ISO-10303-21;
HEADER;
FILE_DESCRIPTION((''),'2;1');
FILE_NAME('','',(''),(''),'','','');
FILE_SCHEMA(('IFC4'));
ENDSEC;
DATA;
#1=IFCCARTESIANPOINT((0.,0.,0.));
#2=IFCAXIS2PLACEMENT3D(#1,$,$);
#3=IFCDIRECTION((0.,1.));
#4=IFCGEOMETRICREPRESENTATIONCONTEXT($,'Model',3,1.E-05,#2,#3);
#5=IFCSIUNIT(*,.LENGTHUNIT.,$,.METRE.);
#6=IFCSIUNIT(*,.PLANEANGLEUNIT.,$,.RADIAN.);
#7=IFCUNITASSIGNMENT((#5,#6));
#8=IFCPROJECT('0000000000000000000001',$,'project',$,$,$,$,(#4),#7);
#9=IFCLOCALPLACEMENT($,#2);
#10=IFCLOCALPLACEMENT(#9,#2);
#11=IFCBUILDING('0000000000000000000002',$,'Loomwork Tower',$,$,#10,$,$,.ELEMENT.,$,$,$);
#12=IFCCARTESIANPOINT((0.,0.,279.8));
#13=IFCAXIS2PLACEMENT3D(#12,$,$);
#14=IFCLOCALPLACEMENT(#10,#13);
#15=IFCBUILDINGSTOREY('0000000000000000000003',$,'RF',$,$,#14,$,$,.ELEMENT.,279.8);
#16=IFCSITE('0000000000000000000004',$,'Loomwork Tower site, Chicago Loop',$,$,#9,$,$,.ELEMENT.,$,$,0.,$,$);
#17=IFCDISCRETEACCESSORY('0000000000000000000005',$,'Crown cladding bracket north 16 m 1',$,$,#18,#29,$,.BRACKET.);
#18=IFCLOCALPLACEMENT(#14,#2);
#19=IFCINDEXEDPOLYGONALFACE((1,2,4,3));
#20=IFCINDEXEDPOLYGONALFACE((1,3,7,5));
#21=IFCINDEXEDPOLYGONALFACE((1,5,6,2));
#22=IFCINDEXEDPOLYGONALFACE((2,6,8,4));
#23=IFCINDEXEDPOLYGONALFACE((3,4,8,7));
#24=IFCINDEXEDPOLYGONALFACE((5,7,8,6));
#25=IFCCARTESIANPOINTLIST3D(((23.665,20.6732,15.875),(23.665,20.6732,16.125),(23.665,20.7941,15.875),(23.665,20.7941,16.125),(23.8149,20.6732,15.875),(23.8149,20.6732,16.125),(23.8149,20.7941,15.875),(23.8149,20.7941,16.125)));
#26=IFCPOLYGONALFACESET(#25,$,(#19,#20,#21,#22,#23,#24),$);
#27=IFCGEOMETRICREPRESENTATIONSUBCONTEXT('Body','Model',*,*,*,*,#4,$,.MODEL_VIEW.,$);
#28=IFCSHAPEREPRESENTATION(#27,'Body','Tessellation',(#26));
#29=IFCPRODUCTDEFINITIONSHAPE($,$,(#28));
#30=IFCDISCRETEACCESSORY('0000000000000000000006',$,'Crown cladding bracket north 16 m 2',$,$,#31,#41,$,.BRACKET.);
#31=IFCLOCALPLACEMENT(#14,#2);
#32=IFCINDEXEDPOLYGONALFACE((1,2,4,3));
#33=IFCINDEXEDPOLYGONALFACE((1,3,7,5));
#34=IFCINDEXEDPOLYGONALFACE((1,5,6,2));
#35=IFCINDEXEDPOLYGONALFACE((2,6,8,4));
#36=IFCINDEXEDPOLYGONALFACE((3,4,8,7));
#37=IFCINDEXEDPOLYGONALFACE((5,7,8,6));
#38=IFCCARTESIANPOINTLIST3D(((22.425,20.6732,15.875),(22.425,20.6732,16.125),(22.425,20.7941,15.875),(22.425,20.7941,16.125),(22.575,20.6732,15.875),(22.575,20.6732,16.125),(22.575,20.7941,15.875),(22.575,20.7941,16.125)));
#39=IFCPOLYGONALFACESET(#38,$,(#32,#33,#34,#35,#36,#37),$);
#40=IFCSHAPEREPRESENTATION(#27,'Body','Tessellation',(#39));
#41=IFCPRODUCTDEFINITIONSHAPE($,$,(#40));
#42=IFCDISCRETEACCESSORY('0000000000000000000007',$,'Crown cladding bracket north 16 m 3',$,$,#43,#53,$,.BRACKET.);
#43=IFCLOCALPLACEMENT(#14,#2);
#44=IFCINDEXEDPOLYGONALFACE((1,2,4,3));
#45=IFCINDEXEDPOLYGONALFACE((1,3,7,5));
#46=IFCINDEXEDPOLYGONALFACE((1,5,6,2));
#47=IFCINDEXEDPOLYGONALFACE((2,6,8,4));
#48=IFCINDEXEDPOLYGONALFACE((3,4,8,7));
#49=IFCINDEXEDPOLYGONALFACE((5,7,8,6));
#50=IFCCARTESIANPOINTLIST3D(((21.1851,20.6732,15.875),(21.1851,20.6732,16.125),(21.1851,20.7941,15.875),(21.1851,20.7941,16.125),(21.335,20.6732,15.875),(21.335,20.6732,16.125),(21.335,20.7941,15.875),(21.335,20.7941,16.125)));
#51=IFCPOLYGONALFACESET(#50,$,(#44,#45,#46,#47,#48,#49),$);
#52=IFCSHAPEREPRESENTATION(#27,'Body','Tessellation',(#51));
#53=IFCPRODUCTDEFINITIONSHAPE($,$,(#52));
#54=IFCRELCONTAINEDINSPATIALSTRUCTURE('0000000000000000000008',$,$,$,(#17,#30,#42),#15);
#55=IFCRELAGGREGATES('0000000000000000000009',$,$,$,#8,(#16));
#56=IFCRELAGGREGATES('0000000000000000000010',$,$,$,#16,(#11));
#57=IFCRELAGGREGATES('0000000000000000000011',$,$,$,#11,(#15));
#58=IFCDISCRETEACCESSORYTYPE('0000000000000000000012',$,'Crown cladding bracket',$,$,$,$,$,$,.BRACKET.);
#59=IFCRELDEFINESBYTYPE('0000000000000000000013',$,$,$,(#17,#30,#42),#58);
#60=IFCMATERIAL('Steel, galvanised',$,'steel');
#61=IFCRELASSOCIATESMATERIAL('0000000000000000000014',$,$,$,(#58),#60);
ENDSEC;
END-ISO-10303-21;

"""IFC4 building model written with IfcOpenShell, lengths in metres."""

from ifc_helpers import new_model, si_unit, direction, frame, origin, origin_2d, place, context, subcontext, project, spatial, rectangle, extrude, material, type_object, element, save


model = new_model("IFC4")

# Units and contexts
model_context = context("Model", 3, precision=1e-05, world=origin(), true_north=direction((0.0, 1.0)))
body_context = subcontext(model_context, "Body", "Model", "MODEL_VIEW")
ifc_project = project(units=[si_unit("LENGTHUNIT", "METRE"), si_unit("PLANEANGLEUNIT", "RADIAN")], contexts=[model_context])

# Site, building, storey
site_placement = place(None, origin())
site = spatial("IfcSite", under=ifc_project, at=site_placement, Name="Loomwork Tower site, Chicago Loop", CompositionType="ELEMENT", RefElevation=0.0)
building_placement = place(site_placement, origin())
building = spatial("IfcBuilding", under=site, at=building_placement, Name="Loomwork Tower", CompositionType="ELEMENT")
storey_placement = place(building_placement, frame((0.0, 0.0, 279.8)))
storey = spatial("IfcBuildingStorey", under=building, at=storey_placement, Name="RF", CompositionType="ELEMENT", Elevation=279.8)

# Discrete accessories
ifc_material_1 = material(Name="Steel, galvanised", Category="steel")
discrete_accessory_type = type_object("IfcDiscreteAccessoryType", Name="Crown cladding bracket", PredefinedType="BRACKET", material=ifc_material_1)
for number, where, z_axis, x_axis, name in (
    (1, (23.74, 20.7336, 15.875), (0.0, 0.0, 1.0), (1.0, 0.0, 0.0), "Crown cladding bracket north 16 m 1"),
    (2, (22.5, 20.7336, 15.875), (0.0, 0.0, 1.0), (1.0, 0.0, 0.0), "Crown cladding bracket north 16 m 2"),
    (3, (21.26, 20.7336, 15.875), (0.0, 0.0, 1.0), (1.0, 0.0, 0.0), "Crown cladding bracket north 16 m 3"),
):
    element("IfcDiscreteAccessory", number, at=place(storey_placement, frame(where, z_axis=z_axis, x_axis=x_axis)), inside=storey, type_object=discrete_accessory_type, Name=name, PredefinedType="BRACKET", context=body_context, shape_type="SweptSolid", body=[
        extrude(rectangle(XDim=0.1499, YDim=0.1208, at=origin_2d()), origin(), (0.0, 0.0, 1.0), 0.25),
    ])

save(model, "model.ifc")
